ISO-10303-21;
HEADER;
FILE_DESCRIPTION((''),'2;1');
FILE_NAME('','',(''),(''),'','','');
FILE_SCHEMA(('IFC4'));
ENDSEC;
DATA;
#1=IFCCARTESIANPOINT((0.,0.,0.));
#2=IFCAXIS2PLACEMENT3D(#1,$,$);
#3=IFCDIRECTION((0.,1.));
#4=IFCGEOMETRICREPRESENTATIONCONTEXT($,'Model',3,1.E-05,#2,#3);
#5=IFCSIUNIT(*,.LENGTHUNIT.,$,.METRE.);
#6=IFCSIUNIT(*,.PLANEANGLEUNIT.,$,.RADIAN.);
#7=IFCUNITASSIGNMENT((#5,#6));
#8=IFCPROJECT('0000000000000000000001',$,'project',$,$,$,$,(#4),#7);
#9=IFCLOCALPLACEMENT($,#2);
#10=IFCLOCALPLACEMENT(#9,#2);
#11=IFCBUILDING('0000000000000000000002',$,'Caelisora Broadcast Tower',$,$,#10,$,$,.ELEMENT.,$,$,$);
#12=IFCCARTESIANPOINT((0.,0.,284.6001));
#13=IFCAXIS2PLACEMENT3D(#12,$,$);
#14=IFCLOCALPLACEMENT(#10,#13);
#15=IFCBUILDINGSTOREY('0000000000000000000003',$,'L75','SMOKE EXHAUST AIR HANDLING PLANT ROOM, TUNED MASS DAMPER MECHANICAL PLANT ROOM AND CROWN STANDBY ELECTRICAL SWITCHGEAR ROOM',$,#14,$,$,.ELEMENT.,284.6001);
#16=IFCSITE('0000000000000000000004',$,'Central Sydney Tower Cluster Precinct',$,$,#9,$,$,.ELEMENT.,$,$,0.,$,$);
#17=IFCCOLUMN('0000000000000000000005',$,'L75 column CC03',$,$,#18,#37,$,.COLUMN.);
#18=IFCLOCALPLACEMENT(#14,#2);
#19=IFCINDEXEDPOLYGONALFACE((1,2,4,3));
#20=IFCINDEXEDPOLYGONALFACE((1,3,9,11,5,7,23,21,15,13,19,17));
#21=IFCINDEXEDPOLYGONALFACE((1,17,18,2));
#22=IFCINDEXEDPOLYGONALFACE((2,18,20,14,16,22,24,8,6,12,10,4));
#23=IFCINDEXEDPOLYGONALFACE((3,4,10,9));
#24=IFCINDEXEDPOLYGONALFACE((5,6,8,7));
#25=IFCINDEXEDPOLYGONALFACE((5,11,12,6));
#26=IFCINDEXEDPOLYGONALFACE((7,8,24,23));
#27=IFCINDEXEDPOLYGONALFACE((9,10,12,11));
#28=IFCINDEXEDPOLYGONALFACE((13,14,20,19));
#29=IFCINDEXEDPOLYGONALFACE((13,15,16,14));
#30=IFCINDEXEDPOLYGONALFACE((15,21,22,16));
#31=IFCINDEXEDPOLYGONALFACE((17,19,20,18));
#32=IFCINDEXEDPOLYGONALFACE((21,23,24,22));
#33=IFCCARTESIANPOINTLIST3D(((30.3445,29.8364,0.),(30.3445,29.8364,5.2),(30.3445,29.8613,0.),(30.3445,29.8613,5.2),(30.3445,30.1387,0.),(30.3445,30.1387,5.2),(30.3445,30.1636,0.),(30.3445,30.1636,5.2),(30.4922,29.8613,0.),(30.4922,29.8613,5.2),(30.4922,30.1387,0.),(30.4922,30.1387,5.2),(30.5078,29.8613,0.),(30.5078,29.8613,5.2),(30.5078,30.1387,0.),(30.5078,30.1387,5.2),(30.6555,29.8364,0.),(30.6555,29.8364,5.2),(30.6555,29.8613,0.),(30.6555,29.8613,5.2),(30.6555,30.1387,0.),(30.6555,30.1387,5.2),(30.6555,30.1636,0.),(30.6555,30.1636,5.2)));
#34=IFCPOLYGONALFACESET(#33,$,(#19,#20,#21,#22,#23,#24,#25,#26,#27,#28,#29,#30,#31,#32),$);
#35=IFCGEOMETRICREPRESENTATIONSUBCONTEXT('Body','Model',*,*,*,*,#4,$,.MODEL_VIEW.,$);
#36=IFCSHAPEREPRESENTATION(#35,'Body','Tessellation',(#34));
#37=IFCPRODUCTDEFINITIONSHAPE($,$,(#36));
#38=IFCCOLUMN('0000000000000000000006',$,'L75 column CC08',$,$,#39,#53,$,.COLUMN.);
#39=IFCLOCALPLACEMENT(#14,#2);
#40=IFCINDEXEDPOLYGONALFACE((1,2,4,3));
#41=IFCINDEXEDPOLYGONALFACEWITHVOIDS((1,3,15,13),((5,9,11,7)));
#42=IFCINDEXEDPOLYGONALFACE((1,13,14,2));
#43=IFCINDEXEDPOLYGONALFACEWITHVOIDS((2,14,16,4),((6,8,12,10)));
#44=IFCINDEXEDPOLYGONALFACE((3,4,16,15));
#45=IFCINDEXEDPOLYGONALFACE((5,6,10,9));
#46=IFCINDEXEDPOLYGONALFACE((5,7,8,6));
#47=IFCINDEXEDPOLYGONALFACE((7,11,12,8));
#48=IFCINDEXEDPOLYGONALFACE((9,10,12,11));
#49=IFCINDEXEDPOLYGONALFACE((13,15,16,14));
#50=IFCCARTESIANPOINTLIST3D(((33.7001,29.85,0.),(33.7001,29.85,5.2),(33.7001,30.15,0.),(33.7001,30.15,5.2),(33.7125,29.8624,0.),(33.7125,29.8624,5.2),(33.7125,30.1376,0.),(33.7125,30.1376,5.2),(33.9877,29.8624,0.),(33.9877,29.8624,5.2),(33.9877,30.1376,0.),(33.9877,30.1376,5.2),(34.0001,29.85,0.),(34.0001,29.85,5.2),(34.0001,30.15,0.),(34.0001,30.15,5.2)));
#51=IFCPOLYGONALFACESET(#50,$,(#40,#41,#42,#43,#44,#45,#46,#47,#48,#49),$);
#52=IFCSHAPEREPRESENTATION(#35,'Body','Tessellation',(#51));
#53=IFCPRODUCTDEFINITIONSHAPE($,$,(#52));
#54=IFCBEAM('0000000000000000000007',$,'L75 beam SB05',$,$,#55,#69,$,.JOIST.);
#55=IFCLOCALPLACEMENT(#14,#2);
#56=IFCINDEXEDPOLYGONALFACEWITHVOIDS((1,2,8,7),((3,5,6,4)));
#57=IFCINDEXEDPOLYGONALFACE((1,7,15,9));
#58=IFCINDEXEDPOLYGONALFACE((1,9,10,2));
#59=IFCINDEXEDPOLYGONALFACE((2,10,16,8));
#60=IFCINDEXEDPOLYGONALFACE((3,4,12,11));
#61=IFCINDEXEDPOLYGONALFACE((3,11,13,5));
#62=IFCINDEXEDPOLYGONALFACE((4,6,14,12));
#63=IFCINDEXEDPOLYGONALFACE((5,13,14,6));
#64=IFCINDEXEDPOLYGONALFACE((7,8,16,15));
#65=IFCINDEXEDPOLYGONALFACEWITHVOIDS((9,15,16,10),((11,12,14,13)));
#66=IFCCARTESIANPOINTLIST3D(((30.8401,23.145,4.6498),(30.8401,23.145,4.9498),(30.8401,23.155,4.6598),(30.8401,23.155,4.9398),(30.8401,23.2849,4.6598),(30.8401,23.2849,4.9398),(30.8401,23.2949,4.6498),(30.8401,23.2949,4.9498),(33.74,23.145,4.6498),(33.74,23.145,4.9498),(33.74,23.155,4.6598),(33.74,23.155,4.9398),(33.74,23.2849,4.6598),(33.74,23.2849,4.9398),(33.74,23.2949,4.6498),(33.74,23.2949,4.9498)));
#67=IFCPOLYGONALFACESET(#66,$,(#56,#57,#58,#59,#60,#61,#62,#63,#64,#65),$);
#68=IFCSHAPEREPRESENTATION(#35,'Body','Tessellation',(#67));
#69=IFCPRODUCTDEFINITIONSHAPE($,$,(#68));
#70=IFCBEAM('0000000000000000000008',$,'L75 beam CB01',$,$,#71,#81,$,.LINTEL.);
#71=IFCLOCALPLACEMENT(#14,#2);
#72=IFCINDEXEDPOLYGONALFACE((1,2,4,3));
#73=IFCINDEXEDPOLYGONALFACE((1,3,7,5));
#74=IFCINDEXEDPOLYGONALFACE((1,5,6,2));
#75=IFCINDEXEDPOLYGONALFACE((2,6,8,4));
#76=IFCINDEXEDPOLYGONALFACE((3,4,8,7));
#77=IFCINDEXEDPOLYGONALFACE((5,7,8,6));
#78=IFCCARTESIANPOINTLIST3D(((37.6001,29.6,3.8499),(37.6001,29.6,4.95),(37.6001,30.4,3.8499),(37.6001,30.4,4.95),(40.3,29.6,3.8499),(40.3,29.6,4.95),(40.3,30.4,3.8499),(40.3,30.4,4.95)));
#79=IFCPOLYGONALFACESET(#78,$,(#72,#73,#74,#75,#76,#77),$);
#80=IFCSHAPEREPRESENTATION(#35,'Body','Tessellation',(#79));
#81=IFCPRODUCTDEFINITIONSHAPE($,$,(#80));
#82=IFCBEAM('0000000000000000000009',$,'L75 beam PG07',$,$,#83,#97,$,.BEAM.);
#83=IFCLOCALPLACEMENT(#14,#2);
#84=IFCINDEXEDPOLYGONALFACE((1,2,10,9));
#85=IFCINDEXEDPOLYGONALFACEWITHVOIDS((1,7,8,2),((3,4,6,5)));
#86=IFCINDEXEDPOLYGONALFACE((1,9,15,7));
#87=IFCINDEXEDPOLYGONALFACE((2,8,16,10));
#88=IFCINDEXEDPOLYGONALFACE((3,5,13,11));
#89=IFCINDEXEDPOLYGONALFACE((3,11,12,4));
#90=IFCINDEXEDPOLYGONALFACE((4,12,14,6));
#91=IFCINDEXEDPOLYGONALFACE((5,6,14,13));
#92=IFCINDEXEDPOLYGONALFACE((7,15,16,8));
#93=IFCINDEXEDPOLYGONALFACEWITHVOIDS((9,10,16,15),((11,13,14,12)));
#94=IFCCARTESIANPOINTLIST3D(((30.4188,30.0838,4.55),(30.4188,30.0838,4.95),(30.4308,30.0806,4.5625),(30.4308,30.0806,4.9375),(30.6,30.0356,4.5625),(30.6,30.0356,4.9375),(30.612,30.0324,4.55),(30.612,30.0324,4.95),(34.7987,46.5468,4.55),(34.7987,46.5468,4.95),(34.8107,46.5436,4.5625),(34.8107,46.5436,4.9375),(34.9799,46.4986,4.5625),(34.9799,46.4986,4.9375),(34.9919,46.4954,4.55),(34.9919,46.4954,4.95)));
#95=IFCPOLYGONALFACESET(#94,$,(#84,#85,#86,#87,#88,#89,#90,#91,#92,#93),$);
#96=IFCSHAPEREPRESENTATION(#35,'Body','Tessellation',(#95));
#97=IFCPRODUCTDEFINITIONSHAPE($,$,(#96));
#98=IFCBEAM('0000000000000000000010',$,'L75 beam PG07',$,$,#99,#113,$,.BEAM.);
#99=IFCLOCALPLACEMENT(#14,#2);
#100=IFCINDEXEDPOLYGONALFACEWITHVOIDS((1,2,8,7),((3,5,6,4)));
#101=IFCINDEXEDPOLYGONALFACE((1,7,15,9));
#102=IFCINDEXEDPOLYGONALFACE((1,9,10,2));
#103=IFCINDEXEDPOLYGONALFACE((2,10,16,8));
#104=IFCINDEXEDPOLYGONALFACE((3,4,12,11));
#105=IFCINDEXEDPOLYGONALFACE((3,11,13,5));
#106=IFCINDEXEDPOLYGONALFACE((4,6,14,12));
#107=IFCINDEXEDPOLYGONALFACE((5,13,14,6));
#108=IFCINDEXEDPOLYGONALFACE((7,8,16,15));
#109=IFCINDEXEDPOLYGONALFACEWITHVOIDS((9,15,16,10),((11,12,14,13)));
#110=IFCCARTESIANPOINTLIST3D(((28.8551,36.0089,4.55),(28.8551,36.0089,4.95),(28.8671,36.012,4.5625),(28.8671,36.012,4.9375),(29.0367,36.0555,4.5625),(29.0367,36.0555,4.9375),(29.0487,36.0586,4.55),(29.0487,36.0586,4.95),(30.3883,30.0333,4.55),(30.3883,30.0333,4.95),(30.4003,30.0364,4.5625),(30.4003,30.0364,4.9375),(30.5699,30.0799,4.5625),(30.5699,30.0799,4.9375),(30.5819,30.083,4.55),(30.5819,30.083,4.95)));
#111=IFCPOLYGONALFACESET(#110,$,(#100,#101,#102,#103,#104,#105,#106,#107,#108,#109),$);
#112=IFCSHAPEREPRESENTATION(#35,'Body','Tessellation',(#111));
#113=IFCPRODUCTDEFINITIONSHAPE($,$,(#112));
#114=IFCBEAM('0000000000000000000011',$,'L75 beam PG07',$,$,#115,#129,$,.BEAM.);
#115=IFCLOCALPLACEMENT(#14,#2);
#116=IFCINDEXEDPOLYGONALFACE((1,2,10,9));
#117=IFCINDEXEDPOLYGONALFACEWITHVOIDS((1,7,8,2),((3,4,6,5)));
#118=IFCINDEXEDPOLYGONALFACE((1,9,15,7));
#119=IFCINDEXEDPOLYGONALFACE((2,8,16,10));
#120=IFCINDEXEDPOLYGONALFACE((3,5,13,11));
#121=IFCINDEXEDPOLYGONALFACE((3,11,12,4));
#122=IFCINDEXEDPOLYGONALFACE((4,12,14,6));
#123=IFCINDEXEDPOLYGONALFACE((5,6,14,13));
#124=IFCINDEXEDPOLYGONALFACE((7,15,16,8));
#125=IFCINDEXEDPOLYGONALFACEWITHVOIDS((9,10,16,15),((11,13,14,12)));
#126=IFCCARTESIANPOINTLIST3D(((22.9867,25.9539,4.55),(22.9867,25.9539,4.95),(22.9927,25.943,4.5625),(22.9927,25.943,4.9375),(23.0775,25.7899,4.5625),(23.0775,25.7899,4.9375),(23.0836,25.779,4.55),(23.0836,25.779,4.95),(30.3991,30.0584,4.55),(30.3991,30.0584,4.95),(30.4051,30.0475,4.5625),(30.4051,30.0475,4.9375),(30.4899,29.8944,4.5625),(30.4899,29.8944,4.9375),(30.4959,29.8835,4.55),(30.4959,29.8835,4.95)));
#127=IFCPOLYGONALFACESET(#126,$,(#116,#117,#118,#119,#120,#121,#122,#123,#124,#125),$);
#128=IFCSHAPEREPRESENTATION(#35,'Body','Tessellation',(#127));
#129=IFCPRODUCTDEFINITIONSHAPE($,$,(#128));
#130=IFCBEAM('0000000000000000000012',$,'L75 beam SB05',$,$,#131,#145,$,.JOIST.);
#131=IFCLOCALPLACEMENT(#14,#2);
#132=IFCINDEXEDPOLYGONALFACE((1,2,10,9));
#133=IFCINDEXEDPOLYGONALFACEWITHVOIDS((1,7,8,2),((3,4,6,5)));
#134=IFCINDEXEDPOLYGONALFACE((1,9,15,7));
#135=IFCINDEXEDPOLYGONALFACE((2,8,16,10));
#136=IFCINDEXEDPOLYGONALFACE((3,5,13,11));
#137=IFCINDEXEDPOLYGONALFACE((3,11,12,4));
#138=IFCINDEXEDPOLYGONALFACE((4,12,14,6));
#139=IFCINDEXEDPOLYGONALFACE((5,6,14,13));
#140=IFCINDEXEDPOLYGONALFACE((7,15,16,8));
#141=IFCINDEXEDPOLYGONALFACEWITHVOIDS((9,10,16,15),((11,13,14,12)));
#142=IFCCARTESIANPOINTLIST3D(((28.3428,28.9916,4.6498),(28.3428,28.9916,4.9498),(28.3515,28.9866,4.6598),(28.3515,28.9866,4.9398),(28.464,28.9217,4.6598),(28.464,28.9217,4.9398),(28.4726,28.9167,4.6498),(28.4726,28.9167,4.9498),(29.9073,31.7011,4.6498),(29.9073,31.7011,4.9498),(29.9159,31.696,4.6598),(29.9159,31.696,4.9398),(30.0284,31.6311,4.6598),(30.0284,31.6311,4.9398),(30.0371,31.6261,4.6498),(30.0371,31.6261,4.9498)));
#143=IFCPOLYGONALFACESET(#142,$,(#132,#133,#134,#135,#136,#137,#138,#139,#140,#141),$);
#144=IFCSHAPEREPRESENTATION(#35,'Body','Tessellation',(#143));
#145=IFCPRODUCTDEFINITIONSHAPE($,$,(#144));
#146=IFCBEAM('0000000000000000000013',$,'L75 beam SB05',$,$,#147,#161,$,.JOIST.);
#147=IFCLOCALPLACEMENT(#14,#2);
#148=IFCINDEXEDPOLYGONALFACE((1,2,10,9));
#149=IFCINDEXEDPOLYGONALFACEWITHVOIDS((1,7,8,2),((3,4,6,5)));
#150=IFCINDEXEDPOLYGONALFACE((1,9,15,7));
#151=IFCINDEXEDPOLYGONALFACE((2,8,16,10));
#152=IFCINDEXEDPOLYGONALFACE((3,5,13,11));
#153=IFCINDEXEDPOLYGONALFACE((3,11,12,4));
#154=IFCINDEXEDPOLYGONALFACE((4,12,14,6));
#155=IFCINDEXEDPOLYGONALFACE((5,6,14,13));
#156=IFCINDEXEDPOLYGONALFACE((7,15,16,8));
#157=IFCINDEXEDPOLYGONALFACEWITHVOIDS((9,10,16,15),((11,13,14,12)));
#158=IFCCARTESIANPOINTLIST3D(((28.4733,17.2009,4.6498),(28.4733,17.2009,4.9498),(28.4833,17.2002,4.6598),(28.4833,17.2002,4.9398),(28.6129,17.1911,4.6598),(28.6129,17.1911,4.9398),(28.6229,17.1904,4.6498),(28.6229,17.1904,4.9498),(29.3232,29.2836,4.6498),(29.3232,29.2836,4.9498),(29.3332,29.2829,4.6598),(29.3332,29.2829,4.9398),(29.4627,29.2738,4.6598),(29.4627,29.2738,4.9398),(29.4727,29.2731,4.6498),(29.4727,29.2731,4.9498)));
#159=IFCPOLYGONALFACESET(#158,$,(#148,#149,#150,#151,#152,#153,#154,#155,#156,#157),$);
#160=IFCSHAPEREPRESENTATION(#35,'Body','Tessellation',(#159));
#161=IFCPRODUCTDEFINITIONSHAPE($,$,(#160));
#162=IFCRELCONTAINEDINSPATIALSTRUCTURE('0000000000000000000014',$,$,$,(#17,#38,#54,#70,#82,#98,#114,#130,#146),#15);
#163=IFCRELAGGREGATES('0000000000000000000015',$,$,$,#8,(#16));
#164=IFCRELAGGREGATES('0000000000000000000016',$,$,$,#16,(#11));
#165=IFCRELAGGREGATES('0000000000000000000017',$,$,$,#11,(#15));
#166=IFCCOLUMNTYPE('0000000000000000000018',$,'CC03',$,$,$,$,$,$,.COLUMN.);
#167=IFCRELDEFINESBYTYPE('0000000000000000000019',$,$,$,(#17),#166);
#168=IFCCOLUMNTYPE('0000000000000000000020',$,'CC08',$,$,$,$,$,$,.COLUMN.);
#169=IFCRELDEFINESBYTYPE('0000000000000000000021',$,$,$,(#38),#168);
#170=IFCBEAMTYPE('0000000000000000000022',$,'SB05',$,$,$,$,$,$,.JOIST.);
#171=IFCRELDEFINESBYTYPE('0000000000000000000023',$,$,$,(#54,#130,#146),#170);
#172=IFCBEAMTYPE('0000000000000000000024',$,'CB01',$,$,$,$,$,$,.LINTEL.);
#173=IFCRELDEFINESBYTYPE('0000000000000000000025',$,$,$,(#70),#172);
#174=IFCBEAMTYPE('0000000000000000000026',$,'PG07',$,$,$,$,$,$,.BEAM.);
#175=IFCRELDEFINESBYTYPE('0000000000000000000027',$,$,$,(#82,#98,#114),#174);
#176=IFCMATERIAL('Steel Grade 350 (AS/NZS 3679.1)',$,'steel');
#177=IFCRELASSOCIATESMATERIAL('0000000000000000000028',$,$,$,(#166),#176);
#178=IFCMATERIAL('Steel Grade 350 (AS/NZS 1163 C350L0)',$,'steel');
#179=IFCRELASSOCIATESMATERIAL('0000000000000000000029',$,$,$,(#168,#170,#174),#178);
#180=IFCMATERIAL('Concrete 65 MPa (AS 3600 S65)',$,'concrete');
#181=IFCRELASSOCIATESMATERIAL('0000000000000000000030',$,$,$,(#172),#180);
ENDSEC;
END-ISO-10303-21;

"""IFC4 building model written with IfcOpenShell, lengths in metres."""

from ifc_helpers import new_model, si_unit, direction, frame, origin, origin_2d, place, context, subcontext, project, spatial, rectangle, hollow_rectangle, i_section, extrude, source, transform, mapped, material, material_profile, profile_set, type_object, type_shapes, element, save


model = new_model("IFC4")

# Units and contexts
model_context = context("Model", 3, precision=1e-05, world=origin(), true_north=direction((0.0, 1.0)))
body_context = subcontext(model_context, "Body", "Model", "MODEL_VIEW")
ifc_project = project(units=[si_unit("LENGTHUNIT", "METRE"), si_unit("PLANEANGLEUNIT", "RADIAN")], contexts=[model_context])

# Site, building, storey
site_placement = place(None, origin())
site = spatial("IfcSite", under=ifc_project, at=site_placement, Name="Central Sydney Tower Cluster Precinct", CompositionType="ELEMENT", RefElevation=0.0)
building_placement = place(site_placement, origin())
building = spatial("IfcBuilding", under=site, at=building_placement, Name="Caelisora Broadcast Tower", CompositionType="ELEMENT")
storey_placement = place(building_placement, frame((0.0, 0.0, 284.6001)))
storey = spatial("IfcBuildingStorey", under=building, at=storey_placement, Name="L75", Description="SMOKE EXHAUST AIR HANDLING PLANT ROOM, TUNED MASS DAMPER MECHANICAL PLANT ROOM AND CROWN STANDBY ELECTRICAL SWITCHGEAR ROOM", CompositionType="ELEMENT", Elevation=284.6001)

# Columns
ifc_material_1 = material(Name="Steel Grade 350 (AS/NZS 3679.1)", Category="steel")
ifc_material_profile_1 = material_profile(ifc_material_1, i_section(OverallWidth=0.311, OverallDepth=0.3271, WebThickness=0.0156, FlangeThickness=0.0249, at=origin_2d()), Name="Steel Grade 350 (AS/NZS 3679.1)")
ifc_profile_set_1 = profile_set([ifc_material_profile_1], Name="Steel Grade 350 (AS/NZS 3679.1)")
column_type_1 = type_object("IfcColumnType", Name="CC03", PredefinedType="COLUMN", material=ifc_profile_set_1)
shared_shape_1 = source(origin(), body_context, "Body", "SweptSolid", [
    extrude(i_section(OverallWidth=0.311, OverallDepth=0.3271, WebThickness=0.0156, FlangeThickness=0.0249, at=origin_2d()), origin(), (0.0, 0.0, 1.0), 5.2),
])
type_shapes(column_type_1, [shared_shape_1])
column_1_placement = place(storey_placement, frame((30.5, 30.0, 0.0), z_axis=(0.0, 0.0, 1.0), x_axis=(1.0, 0.0, 0.0)))
element("IfcColumn", 1, at=column_1_placement, inside=storey, type_object=column_type_1, Name="L75 column CC03", PredefinedType="COLUMN", context=body_context, shape_type="MappedRepresentation", body=[
    mapped(shared_shape_1, transform((0.0, 0.0, 0.0), scale=1.0)),
])
ifc_material_2 = material(Name="Steel Grade 350 (AS/NZS 1163 C350L0)", Category="steel")
ifc_material_profile_2 = material_profile(ifc_material_2, hollow_rectangle(XDim=0.3, YDim=0.3, WallThickness=0.0125, at=origin_2d()), Name="Steel Grade 350 (AS/NZS 1163 C350L0)")
ifc_profile_set_2 = profile_set([ifc_material_profile_2], Name="Steel Grade 350 (AS/NZS 1163 C350L0)")
column_type_2 = type_object("IfcColumnType", Name="CC08", PredefinedType="COLUMN", material=ifc_profile_set_2)
shared_shape_2 = source(origin(), body_context, "Body", "SweptSolid", [
    extrude(hollow_rectangle(XDim=0.3, YDim=0.3, WallThickness=0.0125, at=origin_2d()), origin(), (0.0, 0.0, 1.0), 5.2),
])
type_shapes(column_type_2, [shared_shape_2])
column_2_placement = place(storey_placement, frame((33.8501, 30.0, 0.0), z_axis=(0.0, 0.0, 1.0), x_axis=(1.0, 0.0, 0.0)))
element("IfcColumn", 2, at=column_2_placement, inside=storey, type_object=column_type_2, Name="L75 column CC08", PredefinedType="COLUMN", context=body_context, shape_type="MappedRepresentation", body=[
    mapped(shared_shape_2, transform((0.0, 0.0, 0.0), scale=1.0)),
])

# Beams
ifc_material_profile_3 = material_profile(ifc_material_2, hollow_rectangle(XDim=0.1499, YDim=0.3, WallThickness=0.01, at=origin_2d()), Name="Steel Grade 350 (AS/NZS 1163 C350L0)")
ifc_profile_set_3 = profile_set([ifc_material_profile_3], Name="Steel Grade 350 (AS/NZS 1163 C350L0)")
beam_type_1 = type_object("IfcBeamType", Name="SB05", PredefinedType="JOIST", material=ifc_profile_set_3)
shared_shape_3 = source(origin(), body_context, "Body", "SweptSolid", [
    extrude(hollow_rectangle(XDim=0.1499, YDim=0.3, WallThickness=0.01, at=origin_2d()), origin(), (0.0, 0.0, 1.0), 2.8999),
])
beam_1_placement = place(storey_placement, frame((30.8401, 23.22, 4.7998), z_axis=(1.0, 0.0, 0.0), x_axis=(0.0, 1.0, 0.0)))
element("IfcBeam", 3, at=beam_1_placement, inside=storey, type_object=beam_type_1, Name="L75 beam SB05", PredefinedType="JOIST", context=body_context, shape_type="MappedRepresentation", body=[
    mapped(shared_shape_3, transform((0.0, 0.0, 0.0), scale=1.0)),
])
ifc_material_3 = material(Name="Concrete 65 MPa (AS 3600 S65)", Category="concrete")
ifc_material_profile_4 = material_profile(ifc_material_3, rectangle(XDim=0.8, YDim=1.1001, at=origin_2d()), Name="Concrete 65 MPa (AS 3600 S65)")
ifc_profile_set_4 = profile_set([ifc_material_profile_4], Name="Concrete 65 MPa (AS 3600 S65)")
beam_type_2 = type_object("IfcBeamType", Name="CB01", PredefinedType="LINTEL", material=ifc_profile_set_4)
shared_shape_4 = source(origin(), body_context, "Body", "SweptSolid", [
    extrude(rectangle(XDim=0.8, YDim=1.1001, at=origin_2d()), origin(), (0.0, 0.0, 1.0), 2.7),
])
type_shapes(beam_type_2, [shared_shape_4])
beam_2_placement = place(storey_placement, frame((37.6001, 30.0, 4.3999), z_axis=(1.0, 0.0, 0.0), x_axis=(0.0, 1.0, 0.0)))
element("IfcBeam", 4, at=beam_2_placement, inside=storey, type_object=beam_type_2, Name="L75 beam CB01", PredefinedType="LINTEL", context=body_context, shape_type="MappedRepresentation", body=[
    mapped(shared_shape_4, transform((0.0, 0.0, 0.0), scale=1.0)),
])
ifc_material_profile_5 = material_profile(ifc_material_2, hollow_rectangle(XDim=0.2, YDim=0.3999, WallThickness=0.0125, at=origin_2d()), Name="Steel Grade 350 (AS/NZS 1163 C350L0)")
ifc_profile_set_5 = profile_set([ifc_material_profile_5], Name="Steel Grade 350 (AS/NZS 1163 C350L0)")
beam_type_3 = type_object("IfcBeamType", Name="PG07", PredefinedType="BEAM", material=ifc_profile_set_5)
shared_shape_5 = source(origin(), body_context, "Body", "SweptSolid", [
    extrude(hollow_rectangle(XDim=0.2, YDim=0.3999, WallThickness=0.0125, at=origin_2d()), origin(), (0.0, 0.0, 1.0), 17.0356),
])
beam_3_placement = place(storey_placement, frame((30.5154, 30.0581, 4.75), z_axis=(0.257102, 0.966384, 0.0), x_axis=(-0.966384, 0.257102, 0.0)))
element("IfcBeam", 5, at=beam_3_placement, inside=storey, type_object=beam_type_3, Name="L75 beam PG07", PredefinedType="BEAM", context=body_context, shape_type="MappedRepresentation", body=[
    mapped(shared_shape_5, transform((0.0, 0.0, 0.0), scale=1.0)),
])
shared_shape_6 = source(origin(), body_context, "Body", "SweptSolid", [
    extrude(hollow_rectangle(XDim=0.2, YDim=0.3999, WallThickness=0.0125, at=origin_2d()), origin(), (0.0, 0.0, 1.0), 6.1692),
])
beam_4_placement = place(storey_placement, frame((30.4851, 30.0581, 4.75), z_axis=(-0.248528, 0.968625, 0.0), x_axis=(-0.968625, -0.248528, 0.0)))
element("IfcBeam", 6, at=beam_4_placement, inside=storey, type_object=beam_type_3, Name="L75 beam PG07", PredefinedType="BEAM", context=body_context, shape_type="MappedRepresentation", body=[
    mapped(shared_shape_6, transform((0.0, 0.0, 0.0), scale=1.0)),
])
shared_shape_7 = source(origin(), body_context, "Body", "SweptSolid", [
    extrude(hollow_rectangle(XDim=0.2, YDim=0.3999, WallThickness=0.0125, at=origin_2d()), origin(), (0.0, 0.0, 1.0), 8.4729),
])
type_shapes(beam_type_3, [shared_shape_5, shared_shape_6, shared_shape_7])
beam_5_placement = place(storey_placement, frame((30.4475, 29.9709, 4.75), z_axis=(-0.874832, -0.484427, 0.0), x_axis=(0.484427, -0.874832, 0.0)))
element("IfcBeam", 7, at=beam_5_placement, inside=storey, type_object=beam_type_3, Name="L75 beam PG07", PredefinedType="BEAM", context=body_context, shape_type="MappedRepresentation", body=[
    mapped(shared_shape_7, transform((0.0, 0.0, 0.0), scale=1.0)),
])
shared_shape_8 = source(origin(), body_context, "Body", "SweptSolid", [
    extrude(hollow_rectangle(XDim=0.1499, YDim=0.3, WallThickness=0.01, at=origin_2d()), origin(), (0.0, 0.0, 1.0), 3.1287),
])
beam_6_placement = place(storey_placement, frame((29.9722, 31.6636, 4.7998), z_axis=(-0.500033, -0.866006, 0.0), x_axis=(0.866006, -0.500033, 0.0)))
element("IfcBeam", 8, at=beam_6_placement, inside=storey, type_object=beam_type_1, Name="L75 beam SB05", PredefinedType="JOIST", context=body_context, shape_type="MappedRepresentation", body=[
    mapped(shared_shape_8, transform((0.0, 0.0, 0.0), scale=1.0)),
])
shared_shape_9 = source(origin(), body_context, "Body", "SweptSolid", [
    extrude(hollow_rectangle(XDim=0.1499, YDim=0.3, WallThickness=0.01, at=origin_2d()), origin(), (0.0, 0.0, 1.0), 12.1125),
])
type_shapes(beam_type_1, [shared_shape_3, shared_shape_8, shared_shape_9])
beam_7_placement = place(storey_placement, frame((29.3979, 29.2783, 4.7998), z_axis=(-0.070163, -0.997536, 0.0), x_axis=(0.997536, -0.070163, 0.0)))
element("IfcBeam", 9, at=beam_7_placement, inside=storey, type_object=beam_type_1, Name="L75 beam SB05", PredefinedType="JOIST", context=body_context, shape_type="MappedRepresentation", body=[
    mapped(shared_shape_9, transform((0.0, 0.0, 0.0), scale=1.0)),
])

save(model, "model.ifc")
